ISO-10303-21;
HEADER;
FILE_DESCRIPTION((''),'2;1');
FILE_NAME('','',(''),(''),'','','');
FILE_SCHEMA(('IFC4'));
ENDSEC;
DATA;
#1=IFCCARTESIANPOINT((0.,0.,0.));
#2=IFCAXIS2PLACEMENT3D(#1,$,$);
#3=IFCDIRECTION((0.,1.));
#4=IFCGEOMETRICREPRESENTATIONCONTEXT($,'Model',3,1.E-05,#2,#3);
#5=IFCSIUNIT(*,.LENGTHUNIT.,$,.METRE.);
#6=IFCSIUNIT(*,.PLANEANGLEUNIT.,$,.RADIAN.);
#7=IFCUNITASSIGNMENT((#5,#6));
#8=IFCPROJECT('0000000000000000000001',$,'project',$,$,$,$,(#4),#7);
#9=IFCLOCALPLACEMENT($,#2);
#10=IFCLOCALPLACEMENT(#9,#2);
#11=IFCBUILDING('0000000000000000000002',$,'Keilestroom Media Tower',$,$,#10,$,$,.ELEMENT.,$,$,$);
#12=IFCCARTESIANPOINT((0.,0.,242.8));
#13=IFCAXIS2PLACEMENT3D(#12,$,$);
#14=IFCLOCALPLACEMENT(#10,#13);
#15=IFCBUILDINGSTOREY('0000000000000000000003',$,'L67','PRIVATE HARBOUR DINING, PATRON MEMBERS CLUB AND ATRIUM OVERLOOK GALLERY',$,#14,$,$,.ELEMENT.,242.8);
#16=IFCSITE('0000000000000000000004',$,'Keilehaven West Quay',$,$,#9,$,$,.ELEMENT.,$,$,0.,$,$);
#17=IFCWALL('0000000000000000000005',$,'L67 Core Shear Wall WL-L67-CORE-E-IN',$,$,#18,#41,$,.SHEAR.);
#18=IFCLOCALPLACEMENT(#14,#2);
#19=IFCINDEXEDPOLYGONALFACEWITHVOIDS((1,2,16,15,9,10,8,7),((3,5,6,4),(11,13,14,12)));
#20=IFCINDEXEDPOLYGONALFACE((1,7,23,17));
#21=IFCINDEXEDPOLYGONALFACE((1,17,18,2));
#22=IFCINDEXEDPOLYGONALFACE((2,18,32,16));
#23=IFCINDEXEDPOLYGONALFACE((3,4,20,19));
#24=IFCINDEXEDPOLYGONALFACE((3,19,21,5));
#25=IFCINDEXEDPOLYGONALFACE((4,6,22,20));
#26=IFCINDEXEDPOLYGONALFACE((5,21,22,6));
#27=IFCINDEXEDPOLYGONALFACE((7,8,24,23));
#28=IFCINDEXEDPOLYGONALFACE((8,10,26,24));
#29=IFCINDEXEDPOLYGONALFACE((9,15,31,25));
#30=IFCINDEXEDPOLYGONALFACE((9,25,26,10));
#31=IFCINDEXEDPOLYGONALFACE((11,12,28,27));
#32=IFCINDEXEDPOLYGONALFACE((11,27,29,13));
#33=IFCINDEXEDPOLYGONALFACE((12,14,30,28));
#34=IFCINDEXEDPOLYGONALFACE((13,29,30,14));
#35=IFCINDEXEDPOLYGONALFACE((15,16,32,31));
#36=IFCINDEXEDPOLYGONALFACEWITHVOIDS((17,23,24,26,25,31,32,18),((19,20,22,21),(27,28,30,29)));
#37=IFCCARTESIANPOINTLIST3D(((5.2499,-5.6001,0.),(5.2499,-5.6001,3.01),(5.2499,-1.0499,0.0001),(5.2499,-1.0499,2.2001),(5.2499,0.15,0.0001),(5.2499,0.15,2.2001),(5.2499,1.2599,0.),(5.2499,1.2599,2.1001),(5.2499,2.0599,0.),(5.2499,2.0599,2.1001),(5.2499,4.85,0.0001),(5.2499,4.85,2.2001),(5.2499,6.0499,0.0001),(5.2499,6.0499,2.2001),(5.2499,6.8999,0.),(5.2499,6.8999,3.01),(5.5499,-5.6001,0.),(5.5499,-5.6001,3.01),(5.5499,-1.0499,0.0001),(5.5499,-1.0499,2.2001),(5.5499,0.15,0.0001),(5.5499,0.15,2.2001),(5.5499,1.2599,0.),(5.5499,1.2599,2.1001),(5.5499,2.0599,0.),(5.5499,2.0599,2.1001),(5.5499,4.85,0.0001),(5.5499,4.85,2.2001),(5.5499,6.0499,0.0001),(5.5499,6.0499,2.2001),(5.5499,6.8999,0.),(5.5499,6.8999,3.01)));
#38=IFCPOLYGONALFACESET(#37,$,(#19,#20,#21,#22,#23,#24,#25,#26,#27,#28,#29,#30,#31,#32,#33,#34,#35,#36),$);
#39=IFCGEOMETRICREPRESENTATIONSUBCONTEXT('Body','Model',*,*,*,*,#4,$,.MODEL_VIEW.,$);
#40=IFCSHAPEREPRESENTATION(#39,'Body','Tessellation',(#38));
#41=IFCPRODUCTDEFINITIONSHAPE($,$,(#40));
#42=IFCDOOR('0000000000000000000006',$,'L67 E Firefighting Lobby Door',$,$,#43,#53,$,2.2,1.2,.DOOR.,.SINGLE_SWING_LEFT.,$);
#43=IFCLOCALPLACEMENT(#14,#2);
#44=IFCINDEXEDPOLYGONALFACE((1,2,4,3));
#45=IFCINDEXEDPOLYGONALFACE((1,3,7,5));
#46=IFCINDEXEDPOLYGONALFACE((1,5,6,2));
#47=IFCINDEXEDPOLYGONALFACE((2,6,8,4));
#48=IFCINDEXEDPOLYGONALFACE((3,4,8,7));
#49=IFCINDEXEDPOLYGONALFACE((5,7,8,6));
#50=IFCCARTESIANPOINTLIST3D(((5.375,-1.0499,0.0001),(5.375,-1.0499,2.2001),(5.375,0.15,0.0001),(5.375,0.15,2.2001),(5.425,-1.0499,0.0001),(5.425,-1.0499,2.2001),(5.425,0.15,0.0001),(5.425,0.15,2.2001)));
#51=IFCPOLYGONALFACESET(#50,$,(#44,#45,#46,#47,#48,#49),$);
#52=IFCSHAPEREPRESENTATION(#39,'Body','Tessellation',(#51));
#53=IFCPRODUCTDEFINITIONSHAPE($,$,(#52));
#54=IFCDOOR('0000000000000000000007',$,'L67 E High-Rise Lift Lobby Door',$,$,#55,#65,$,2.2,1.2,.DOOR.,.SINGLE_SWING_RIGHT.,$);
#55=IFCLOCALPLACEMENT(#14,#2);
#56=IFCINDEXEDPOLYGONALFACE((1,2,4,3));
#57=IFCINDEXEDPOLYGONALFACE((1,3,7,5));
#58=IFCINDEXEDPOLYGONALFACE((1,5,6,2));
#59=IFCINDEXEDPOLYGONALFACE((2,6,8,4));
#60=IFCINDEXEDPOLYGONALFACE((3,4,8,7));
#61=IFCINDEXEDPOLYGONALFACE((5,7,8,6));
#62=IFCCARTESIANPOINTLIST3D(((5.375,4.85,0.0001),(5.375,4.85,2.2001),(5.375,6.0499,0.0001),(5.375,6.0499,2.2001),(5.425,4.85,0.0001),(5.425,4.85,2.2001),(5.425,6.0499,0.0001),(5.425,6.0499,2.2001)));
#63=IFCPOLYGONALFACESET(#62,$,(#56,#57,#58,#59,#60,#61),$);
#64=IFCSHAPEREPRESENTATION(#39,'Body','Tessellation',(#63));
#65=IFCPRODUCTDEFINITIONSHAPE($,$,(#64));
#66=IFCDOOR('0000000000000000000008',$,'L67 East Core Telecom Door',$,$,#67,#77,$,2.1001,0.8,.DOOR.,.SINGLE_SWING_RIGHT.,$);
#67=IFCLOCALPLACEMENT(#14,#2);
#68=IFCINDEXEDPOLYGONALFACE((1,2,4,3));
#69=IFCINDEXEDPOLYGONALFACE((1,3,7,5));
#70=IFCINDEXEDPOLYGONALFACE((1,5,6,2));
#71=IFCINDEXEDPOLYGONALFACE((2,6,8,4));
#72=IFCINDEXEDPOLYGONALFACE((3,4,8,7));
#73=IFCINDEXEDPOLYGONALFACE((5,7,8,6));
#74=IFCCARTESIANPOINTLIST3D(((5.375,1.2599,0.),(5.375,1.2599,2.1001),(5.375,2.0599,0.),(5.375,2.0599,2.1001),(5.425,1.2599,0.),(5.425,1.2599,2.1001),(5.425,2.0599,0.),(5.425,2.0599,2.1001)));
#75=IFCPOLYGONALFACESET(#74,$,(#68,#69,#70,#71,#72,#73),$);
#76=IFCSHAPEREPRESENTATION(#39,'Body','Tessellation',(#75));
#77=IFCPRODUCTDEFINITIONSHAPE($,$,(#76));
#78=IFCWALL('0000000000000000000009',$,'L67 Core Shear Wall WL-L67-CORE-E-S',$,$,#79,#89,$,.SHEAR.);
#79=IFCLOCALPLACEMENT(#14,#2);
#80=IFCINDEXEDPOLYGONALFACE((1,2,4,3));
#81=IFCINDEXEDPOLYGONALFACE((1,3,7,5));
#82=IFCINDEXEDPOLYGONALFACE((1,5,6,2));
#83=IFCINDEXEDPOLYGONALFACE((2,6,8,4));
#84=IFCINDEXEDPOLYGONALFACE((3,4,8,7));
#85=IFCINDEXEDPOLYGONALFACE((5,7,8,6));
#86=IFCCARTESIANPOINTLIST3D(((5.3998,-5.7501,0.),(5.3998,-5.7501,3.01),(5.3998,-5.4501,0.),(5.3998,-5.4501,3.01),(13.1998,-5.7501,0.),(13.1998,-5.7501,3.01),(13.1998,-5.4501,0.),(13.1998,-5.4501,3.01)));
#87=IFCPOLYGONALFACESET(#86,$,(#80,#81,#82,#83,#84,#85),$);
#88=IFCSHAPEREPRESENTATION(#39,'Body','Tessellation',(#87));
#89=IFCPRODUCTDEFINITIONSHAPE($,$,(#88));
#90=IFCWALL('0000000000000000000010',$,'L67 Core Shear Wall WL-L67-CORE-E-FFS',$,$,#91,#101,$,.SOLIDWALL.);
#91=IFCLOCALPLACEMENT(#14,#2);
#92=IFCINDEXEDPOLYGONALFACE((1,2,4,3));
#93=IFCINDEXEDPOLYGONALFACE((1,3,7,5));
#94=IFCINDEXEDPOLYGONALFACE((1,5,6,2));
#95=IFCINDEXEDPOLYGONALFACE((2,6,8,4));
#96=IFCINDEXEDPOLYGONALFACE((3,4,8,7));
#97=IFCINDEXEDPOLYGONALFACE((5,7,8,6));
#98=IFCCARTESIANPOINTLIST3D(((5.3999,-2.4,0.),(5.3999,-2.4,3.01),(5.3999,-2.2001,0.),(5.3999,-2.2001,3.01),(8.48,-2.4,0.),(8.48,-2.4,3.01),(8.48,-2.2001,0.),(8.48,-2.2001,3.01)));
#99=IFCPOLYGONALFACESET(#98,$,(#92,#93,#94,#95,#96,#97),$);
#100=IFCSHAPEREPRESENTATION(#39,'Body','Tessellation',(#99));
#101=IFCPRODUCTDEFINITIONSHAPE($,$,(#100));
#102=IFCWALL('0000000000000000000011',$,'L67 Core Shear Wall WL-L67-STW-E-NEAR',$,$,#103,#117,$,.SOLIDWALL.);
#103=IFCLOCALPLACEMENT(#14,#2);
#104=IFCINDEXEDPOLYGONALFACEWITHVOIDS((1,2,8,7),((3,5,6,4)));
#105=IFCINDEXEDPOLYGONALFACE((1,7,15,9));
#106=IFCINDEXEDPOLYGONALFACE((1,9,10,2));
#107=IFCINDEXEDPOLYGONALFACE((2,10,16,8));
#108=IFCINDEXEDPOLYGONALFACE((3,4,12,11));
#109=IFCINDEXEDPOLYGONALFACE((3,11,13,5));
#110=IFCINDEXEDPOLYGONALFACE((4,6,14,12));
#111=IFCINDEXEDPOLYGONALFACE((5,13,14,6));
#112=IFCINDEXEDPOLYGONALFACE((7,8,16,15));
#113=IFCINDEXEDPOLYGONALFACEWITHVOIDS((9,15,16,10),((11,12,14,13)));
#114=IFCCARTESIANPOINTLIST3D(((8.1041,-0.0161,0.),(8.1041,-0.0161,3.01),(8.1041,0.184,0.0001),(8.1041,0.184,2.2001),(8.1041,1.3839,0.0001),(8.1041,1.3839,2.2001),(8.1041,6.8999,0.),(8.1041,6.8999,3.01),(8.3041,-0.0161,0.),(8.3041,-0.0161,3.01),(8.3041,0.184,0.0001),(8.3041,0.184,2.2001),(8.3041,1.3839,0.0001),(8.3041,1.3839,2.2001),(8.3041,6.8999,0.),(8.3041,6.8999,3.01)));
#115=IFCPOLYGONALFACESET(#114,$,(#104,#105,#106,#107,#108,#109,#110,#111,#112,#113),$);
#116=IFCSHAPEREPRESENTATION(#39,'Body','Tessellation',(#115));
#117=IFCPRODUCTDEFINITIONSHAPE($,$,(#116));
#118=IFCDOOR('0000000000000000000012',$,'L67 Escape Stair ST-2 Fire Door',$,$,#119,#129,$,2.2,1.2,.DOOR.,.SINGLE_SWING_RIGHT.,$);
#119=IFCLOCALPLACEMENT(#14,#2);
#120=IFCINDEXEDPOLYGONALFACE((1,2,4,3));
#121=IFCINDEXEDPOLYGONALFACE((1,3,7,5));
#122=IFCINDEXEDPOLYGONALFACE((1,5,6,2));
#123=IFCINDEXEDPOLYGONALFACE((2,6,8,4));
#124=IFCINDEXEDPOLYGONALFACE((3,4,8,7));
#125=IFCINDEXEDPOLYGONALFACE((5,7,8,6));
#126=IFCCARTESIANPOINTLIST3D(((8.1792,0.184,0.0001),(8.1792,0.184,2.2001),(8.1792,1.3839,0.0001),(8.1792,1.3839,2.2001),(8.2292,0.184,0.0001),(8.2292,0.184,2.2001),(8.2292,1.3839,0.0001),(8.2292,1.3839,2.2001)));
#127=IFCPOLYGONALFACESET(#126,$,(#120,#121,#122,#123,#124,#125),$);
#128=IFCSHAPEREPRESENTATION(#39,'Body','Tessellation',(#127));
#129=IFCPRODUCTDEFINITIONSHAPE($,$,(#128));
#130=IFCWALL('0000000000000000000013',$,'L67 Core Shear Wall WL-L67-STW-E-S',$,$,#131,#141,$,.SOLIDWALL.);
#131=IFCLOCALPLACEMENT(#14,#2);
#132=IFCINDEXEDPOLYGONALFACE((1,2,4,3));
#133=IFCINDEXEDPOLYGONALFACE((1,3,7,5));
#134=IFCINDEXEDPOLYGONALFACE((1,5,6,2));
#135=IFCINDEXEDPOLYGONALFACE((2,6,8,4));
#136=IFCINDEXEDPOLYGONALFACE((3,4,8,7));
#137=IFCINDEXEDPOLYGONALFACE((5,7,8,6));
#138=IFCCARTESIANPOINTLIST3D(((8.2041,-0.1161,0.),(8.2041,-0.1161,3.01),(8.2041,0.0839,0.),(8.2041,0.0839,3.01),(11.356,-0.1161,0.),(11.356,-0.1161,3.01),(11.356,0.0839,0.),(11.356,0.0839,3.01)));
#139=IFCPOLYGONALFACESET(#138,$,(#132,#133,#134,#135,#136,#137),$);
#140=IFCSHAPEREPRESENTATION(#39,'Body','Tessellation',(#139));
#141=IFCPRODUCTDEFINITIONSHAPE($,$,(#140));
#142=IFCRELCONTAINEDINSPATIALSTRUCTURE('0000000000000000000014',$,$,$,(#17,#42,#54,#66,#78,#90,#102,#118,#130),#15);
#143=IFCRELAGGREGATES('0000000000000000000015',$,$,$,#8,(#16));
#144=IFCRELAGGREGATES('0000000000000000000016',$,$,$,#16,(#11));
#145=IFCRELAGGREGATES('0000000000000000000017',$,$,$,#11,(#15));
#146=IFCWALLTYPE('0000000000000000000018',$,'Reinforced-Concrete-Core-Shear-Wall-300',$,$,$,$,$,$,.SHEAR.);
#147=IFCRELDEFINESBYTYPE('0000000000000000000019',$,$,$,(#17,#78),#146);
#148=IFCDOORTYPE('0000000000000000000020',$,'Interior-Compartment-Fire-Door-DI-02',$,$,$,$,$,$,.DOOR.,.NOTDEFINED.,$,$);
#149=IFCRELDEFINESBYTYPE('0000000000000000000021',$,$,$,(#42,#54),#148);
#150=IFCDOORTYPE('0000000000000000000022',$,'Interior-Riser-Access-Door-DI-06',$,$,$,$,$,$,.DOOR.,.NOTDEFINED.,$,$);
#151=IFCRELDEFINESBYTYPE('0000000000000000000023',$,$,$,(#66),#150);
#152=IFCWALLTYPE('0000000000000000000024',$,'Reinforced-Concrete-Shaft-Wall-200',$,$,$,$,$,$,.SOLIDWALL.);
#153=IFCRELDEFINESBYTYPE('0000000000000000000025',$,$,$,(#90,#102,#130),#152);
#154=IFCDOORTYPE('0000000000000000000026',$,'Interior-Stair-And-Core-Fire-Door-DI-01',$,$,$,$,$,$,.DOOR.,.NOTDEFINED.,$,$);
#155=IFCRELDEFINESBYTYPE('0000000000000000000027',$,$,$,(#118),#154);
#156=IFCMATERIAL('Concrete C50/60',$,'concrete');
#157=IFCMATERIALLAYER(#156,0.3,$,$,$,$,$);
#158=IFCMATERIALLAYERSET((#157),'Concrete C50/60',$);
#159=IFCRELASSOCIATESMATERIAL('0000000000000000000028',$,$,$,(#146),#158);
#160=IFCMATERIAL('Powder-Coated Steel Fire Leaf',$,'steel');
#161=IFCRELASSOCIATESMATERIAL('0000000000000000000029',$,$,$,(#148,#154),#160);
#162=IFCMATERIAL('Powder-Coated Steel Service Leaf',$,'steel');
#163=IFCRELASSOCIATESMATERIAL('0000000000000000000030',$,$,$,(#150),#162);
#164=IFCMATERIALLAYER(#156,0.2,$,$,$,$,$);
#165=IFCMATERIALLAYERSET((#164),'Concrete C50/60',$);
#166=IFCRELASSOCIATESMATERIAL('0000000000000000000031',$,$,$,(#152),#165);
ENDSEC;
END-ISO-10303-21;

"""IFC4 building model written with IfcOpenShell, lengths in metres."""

from ifc_helpers import new_model, si_unit, direction, frame, frame_2d, origin, place, context, subcontext, project, spatial, rectangle, extrude, source, transform, mapped, material, layer, layer_set, type_object, element, fill, save


model = new_model("IFC4")

# Units and contexts
model_context = context("Model", 3, precision=1e-05, world=origin(), true_north=direction((0.0, 1.0)))
body_context = subcontext(model_context, "Body", "Model", "MODEL_VIEW")
ifc_project = project(units=[si_unit("LENGTHUNIT", "METRE"), si_unit("PLANEANGLEUNIT", "RADIAN")], contexts=[model_context])

# Site, building, storey
site_placement = place(None, origin())
site = spatial("IfcSite", under=ifc_project, at=site_placement, Name="Keilehaven West Quay", CompositionType="ELEMENT", RefElevation=0.0)
building_placement = place(site_placement, origin())
building = spatial("IfcBuilding", under=site, at=building_placement, Name="Keilestroom Media Tower", CompositionType="ELEMENT")
storey_placement = place(building_placement, frame((0.0, 0.0, 242.8)))
storey = spatial("IfcBuildingStorey", under=building, at=storey_placement, Name="L67", Description="PRIVATE HARBOUR DINING, PATRON MEMBERS CLUB AND ATRIUM OVERLOOK GALLERY", CompositionType="ELEMENT", Elevation=242.8)

# Shared definitions
ifc_material_1 = material(Name="Concrete C50/60", Category="concrete")

# Wall, openings, doors
ifc_layer_1 = layer(ifc_material_1, 0.3)
ifc_layer_set_1 = layer_set([ifc_layer_1], Name="Concrete C50/60")
wall_type_1 = type_object("IfcWallType", Name="Reinforced-Concrete-Core-Shear-Wall-300", PredefinedType="SHEAR", material=ifc_layer_set_1)
wall_1_placement = place(storey_placement, frame((5.3999, -5.6001, 0.0), z_axis=(0.0, 0.0, 1.0), x_axis=(0.0, 1.0, 0.0)))
wall_1 = element("IfcWall", 1, at=wall_1_placement, inside=storey, type_object=wall_type_1, Name="L67 Core Shear Wall WL-L67-CORE-E-IN", PredefinedType="SHEAR", context=body_context, shape_type="SweptSolid", body=[
    extrude(rectangle(XDim=12.5, YDim=0.3, at=frame_2d((6.25, 0.0))), origin(), (0.0, 0.0, 1.0), 3.01),
])
opening_1_placement = place(wall_1_placement, frame((4.55, 0.0, 0.0)))
opening_1 = element("IfcOpeningElement", 2, at=opening_1_placement, cuts=wall_1, PredefinedType="OPENING", context=body_context, shape_type="SweptSolid", body=[
    extrude(rectangle(XDim=1.2, YDim=2.2, at=frame_2d((0.6001, 1.1001))), frame((0.0, 0.1602, 0.0), z_axis=(0.0, -1.0, 0.0), x_axis=(1.0, 0.0, 0.0)), (0.0, 0.0, 1.0), 0.3201),
])
opening_2_placement = place(wall_1_placement, frame((10.45, 0.0, 0.0)))
opening_2 = element("IfcOpeningElement", 3, at=opening_2_placement, cuts=wall_1, PredefinedType="OPENING", context=body_context, shape_type="SweptSolid", body=[
    extrude(rectangle(XDim=1.2, YDim=2.2, at=frame_2d((0.6001, 1.1001))), frame((0.0, 0.1602, 0.0), z_axis=(0.0, -1.0, 0.0), x_axis=(1.0, 0.0, 0.0)), (0.0, 0.0, 1.0), 0.3201),
])
opening_3_placement = place(wall_1_placement, frame((6.8601, 0.0, 0.0)))
opening_3 = element("IfcOpeningElement", 4, at=opening_3_placement, cuts=wall_1, PredefinedType="OPENING", context=body_context, shape_type="SweptSolid", body=[
    extrude(rectangle(XDim=0.8, YDim=2.1001, at=frame_2d((0.3999, 1.05))), frame((0.0, 0.1602, 0.0), z_axis=(0.0, -1.0, 0.0), x_axis=(1.0, 0.0, 0.0)), (0.0, 0.0, 1.0), 0.3201),
])
ifc_material_2 = material(Name="Powder-Coated Steel Fire Leaf", Category="steel")
door_type_1 = type_object("IfcDoorType", Name="Interior-Compartment-Fire-Door-DI-02", OperationType="NOTDEFINED", PredefinedType="DOOR", material=ifc_material_2)
shared_shape_1 = source(origin(), body_context, "Body", "SweptSolid", [
    extrude(rectangle(XDim=1.2, YDim=2.2, at=frame_2d((0.6001, 1.1001))), frame((0.0, 0.0249, 0.0), z_axis=(0.0, -1.0, 0.0), x_axis=(1.0, 0.0, 0.0)), (0.0, 0.0, 1.0), 0.05),
])
door_1_placement = place(opening_1_placement, origin())
door_1 = element("IfcDoor", 5, at=door_1_placement, inside=storey, type_object=door_type_1, Name="L67 E Firefighting Lobby Door", OperationType="SINGLE_SWING_LEFT", OverallHeight=2.2, OverallWidth=1.2, PredefinedType="DOOR", context=body_context, shape_type="MappedRepresentation", body=[
    mapped(shared_shape_1, transform((0.0, 0.0, 0.0), x_axis=(1.0, 0.0, 0.0), y_axis=(0.0, 1.0, 0.0), z_axis=(0.0, 0.0, 1.0), scale=1.0)),
])
fill(opening_1, door_1)
door_2_placement = place(opening_2_placement, origin())
door_2 = element("IfcDoor", 6, at=door_2_placement, inside=storey, type_object=door_type_1, Name="L67 E High-Rise Lift Lobby Door", OperationType="SINGLE_SWING_RIGHT", OverallHeight=2.2, OverallWidth=1.2, PredefinedType="DOOR", context=body_context, shape_type="MappedRepresentation", body=[
    mapped(shared_shape_1, transform((0.0, 0.0, 0.0), x_axis=(1.0, 0.0, 0.0), y_axis=(0.0, 1.0, 0.0), z_axis=(0.0, 0.0, 1.0), scale=1.0)),
])
fill(opening_2, door_2)
ifc_material_3 = material(Name="Powder-Coated Steel Service Leaf", Category="steel")
door_type_2 = type_object("IfcDoorType", Name="Interior-Riser-Access-Door-DI-06", OperationType="NOTDEFINED", PredefinedType="DOOR", material=ifc_material_3)
shared_shape_2 = source(origin(), body_context, "Body", "SweptSolid", [
    extrude(rectangle(XDim=0.8, YDim=2.1001, at=frame_2d((0.3999, 1.05))), frame((0.0, 0.0249, 0.0), z_axis=(0.0, -1.0, 0.0), x_axis=(1.0, 0.0, 0.0)), (0.0, 0.0, 1.0), 0.05),
])
door_3_placement = place(opening_3_placement, origin())
door_3 = element("IfcDoor", 7, at=door_3_placement, inside=storey, type_object=door_type_2, Name="L67 East Core Telecom Door", OperationType="SINGLE_SWING_RIGHT", OverallHeight=2.1001, OverallWidth=0.8, PredefinedType="DOOR", context=body_context, shape_type="MappedRepresentation", body=[
    mapped(shared_shape_2, transform((0.0, 0.0, 0.0), x_axis=(1.0, 0.0, 0.0), y_axis=(0.0, 1.0, 0.0), z_axis=(0.0, 0.0, 1.0), scale=1.0)),
])
fill(opening_3, door_3)

# Walls
wall_2_placement = place(storey_placement, frame((5.3999, -5.6001, 0.0), z_axis=(0.0, 0.0, 1.0), x_axis=(1.0, 0.0, 0.0)))
element("IfcWall", 8, at=wall_2_placement, inside=storey, type_object=wall_type_1, Name="L67 Core Shear Wall WL-L67-CORE-E-S", PredefinedType="SHEAR", context=body_context, shape_type="SweptSolid", body=[
    extrude(rectangle(XDim=7.8, YDim=0.3, at=frame_2d((3.8999, 0.0))), origin(), (0.0, 0.0, 1.0), 3.01),
])
ifc_layer_2 = layer(ifc_material_1, 0.2)
ifc_layer_set_2 = layer_set([ifc_layer_2], Name="Concrete C50/60")
wall_type_2 = type_object("IfcWallType", Name="Reinforced-Concrete-Shaft-Wall-200", PredefinedType="SOLIDWALL", material=ifc_layer_set_2)
wall_3_placement = place(storey_placement, frame((5.3999, -2.3, 0.0), z_axis=(0.0, 0.0, 1.0), x_axis=(1.0, 0.0, 0.0)))
element("IfcWall", 9, at=wall_3_placement, inside=storey, type_object=wall_type_2, Name="L67 Core Shear Wall WL-L67-CORE-E-FFS", PredefinedType="SOLIDWALL", context=body_context, shape_type="SweptSolid", body=[
    extrude(rectangle(XDim=3.0801, YDim=0.2, at=frame_2d((1.54, 0.0))), origin(), (0.0, 0.0, 1.0), 3.01),
])

# Wall, opening, door
wall_4_placement = place(storey_placement, frame((8.2041, -0.0161, 0.0), z_axis=(0.0, 0.0, 1.0), x_axis=(0.0, 1.0, 0.0)))
wall_4 = element("IfcWall", 10, at=wall_4_placement, inside=storey, type_object=wall_type_2, Name="L67 Core Shear Wall WL-L67-STW-E-NEAR", PredefinedType="SOLIDWALL", context=body_context, shape_type="SweptSolid", body=[
    extrude(rectangle(XDim=6.916, YDim=0.2, at=frame_2d((3.458, 0.0))), origin(), (0.0, 0.0, 1.0), 3.01),
])
opening_4_placement = place(wall_4_placement, frame((0.2, 0.0, 0.0)))
opening_4 = element("IfcOpeningElement", 11, at=opening_4_placement, cuts=wall_4, PredefinedType="OPENING", context=body_context, shape_type="SweptSolid", body=[
    extrude(rectangle(XDim=1.2, YDim=2.2, at=frame_2d((0.6001, 1.1001))), frame((0.0, 0.1099, 0.0), z_axis=(0.0, -1.0, 0.0), x_axis=(1.0, 0.0, 0.0)), (0.0, 0.0, 1.0), 0.22),
])
door_type_3 = type_object("IfcDoorType", Name="Interior-Stair-And-Core-Fire-Door-DI-01", OperationType="NOTDEFINED", PredefinedType="DOOR", material=ifc_material_2)
door_4_placement = place(opening_4_placement, origin())
door_4 = element("IfcDoor", 12, at=door_4_placement, inside=storey, type_object=door_type_3, Name="L67 Escape Stair ST-2 Fire Door", OperationType="SINGLE_SWING_RIGHT", OverallHeight=2.2, OverallWidth=1.2, PredefinedType="DOOR", context=body_context, shape_type="MappedRepresentation", body=[
    mapped(shared_shape_1, transform((0.0, 0.0, 0.0), x_axis=(1.0, 0.0, 0.0), y_axis=(0.0, 1.0, 0.0), z_axis=(0.0, 0.0, 1.0), scale=1.0)),
])
fill(opening_4, door_4)

# Wall
wall_5_placement = place(storey_placement, frame((8.2041, -0.0161, 0.0), z_axis=(0.0, 0.0, 1.0), x_axis=(1.0, 0.0, 0.0)))
element("IfcWall", 13, at=wall_5_placement, inside=storey, type_object=wall_type_2, Name="L67 Core Shear Wall WL-L67-STW-E-S", PredefinedType="SOLIDWALL", context=body_context, shape_type="SweptSolid", body=[
    extrude(rectangle(XDim=3.1519, YDim=0.2, at=frame_2d((1.5759, 0.0))), origin(), (0.0, 0.0, 1.0), 3.01),
])

save(model, "model.ifc")
